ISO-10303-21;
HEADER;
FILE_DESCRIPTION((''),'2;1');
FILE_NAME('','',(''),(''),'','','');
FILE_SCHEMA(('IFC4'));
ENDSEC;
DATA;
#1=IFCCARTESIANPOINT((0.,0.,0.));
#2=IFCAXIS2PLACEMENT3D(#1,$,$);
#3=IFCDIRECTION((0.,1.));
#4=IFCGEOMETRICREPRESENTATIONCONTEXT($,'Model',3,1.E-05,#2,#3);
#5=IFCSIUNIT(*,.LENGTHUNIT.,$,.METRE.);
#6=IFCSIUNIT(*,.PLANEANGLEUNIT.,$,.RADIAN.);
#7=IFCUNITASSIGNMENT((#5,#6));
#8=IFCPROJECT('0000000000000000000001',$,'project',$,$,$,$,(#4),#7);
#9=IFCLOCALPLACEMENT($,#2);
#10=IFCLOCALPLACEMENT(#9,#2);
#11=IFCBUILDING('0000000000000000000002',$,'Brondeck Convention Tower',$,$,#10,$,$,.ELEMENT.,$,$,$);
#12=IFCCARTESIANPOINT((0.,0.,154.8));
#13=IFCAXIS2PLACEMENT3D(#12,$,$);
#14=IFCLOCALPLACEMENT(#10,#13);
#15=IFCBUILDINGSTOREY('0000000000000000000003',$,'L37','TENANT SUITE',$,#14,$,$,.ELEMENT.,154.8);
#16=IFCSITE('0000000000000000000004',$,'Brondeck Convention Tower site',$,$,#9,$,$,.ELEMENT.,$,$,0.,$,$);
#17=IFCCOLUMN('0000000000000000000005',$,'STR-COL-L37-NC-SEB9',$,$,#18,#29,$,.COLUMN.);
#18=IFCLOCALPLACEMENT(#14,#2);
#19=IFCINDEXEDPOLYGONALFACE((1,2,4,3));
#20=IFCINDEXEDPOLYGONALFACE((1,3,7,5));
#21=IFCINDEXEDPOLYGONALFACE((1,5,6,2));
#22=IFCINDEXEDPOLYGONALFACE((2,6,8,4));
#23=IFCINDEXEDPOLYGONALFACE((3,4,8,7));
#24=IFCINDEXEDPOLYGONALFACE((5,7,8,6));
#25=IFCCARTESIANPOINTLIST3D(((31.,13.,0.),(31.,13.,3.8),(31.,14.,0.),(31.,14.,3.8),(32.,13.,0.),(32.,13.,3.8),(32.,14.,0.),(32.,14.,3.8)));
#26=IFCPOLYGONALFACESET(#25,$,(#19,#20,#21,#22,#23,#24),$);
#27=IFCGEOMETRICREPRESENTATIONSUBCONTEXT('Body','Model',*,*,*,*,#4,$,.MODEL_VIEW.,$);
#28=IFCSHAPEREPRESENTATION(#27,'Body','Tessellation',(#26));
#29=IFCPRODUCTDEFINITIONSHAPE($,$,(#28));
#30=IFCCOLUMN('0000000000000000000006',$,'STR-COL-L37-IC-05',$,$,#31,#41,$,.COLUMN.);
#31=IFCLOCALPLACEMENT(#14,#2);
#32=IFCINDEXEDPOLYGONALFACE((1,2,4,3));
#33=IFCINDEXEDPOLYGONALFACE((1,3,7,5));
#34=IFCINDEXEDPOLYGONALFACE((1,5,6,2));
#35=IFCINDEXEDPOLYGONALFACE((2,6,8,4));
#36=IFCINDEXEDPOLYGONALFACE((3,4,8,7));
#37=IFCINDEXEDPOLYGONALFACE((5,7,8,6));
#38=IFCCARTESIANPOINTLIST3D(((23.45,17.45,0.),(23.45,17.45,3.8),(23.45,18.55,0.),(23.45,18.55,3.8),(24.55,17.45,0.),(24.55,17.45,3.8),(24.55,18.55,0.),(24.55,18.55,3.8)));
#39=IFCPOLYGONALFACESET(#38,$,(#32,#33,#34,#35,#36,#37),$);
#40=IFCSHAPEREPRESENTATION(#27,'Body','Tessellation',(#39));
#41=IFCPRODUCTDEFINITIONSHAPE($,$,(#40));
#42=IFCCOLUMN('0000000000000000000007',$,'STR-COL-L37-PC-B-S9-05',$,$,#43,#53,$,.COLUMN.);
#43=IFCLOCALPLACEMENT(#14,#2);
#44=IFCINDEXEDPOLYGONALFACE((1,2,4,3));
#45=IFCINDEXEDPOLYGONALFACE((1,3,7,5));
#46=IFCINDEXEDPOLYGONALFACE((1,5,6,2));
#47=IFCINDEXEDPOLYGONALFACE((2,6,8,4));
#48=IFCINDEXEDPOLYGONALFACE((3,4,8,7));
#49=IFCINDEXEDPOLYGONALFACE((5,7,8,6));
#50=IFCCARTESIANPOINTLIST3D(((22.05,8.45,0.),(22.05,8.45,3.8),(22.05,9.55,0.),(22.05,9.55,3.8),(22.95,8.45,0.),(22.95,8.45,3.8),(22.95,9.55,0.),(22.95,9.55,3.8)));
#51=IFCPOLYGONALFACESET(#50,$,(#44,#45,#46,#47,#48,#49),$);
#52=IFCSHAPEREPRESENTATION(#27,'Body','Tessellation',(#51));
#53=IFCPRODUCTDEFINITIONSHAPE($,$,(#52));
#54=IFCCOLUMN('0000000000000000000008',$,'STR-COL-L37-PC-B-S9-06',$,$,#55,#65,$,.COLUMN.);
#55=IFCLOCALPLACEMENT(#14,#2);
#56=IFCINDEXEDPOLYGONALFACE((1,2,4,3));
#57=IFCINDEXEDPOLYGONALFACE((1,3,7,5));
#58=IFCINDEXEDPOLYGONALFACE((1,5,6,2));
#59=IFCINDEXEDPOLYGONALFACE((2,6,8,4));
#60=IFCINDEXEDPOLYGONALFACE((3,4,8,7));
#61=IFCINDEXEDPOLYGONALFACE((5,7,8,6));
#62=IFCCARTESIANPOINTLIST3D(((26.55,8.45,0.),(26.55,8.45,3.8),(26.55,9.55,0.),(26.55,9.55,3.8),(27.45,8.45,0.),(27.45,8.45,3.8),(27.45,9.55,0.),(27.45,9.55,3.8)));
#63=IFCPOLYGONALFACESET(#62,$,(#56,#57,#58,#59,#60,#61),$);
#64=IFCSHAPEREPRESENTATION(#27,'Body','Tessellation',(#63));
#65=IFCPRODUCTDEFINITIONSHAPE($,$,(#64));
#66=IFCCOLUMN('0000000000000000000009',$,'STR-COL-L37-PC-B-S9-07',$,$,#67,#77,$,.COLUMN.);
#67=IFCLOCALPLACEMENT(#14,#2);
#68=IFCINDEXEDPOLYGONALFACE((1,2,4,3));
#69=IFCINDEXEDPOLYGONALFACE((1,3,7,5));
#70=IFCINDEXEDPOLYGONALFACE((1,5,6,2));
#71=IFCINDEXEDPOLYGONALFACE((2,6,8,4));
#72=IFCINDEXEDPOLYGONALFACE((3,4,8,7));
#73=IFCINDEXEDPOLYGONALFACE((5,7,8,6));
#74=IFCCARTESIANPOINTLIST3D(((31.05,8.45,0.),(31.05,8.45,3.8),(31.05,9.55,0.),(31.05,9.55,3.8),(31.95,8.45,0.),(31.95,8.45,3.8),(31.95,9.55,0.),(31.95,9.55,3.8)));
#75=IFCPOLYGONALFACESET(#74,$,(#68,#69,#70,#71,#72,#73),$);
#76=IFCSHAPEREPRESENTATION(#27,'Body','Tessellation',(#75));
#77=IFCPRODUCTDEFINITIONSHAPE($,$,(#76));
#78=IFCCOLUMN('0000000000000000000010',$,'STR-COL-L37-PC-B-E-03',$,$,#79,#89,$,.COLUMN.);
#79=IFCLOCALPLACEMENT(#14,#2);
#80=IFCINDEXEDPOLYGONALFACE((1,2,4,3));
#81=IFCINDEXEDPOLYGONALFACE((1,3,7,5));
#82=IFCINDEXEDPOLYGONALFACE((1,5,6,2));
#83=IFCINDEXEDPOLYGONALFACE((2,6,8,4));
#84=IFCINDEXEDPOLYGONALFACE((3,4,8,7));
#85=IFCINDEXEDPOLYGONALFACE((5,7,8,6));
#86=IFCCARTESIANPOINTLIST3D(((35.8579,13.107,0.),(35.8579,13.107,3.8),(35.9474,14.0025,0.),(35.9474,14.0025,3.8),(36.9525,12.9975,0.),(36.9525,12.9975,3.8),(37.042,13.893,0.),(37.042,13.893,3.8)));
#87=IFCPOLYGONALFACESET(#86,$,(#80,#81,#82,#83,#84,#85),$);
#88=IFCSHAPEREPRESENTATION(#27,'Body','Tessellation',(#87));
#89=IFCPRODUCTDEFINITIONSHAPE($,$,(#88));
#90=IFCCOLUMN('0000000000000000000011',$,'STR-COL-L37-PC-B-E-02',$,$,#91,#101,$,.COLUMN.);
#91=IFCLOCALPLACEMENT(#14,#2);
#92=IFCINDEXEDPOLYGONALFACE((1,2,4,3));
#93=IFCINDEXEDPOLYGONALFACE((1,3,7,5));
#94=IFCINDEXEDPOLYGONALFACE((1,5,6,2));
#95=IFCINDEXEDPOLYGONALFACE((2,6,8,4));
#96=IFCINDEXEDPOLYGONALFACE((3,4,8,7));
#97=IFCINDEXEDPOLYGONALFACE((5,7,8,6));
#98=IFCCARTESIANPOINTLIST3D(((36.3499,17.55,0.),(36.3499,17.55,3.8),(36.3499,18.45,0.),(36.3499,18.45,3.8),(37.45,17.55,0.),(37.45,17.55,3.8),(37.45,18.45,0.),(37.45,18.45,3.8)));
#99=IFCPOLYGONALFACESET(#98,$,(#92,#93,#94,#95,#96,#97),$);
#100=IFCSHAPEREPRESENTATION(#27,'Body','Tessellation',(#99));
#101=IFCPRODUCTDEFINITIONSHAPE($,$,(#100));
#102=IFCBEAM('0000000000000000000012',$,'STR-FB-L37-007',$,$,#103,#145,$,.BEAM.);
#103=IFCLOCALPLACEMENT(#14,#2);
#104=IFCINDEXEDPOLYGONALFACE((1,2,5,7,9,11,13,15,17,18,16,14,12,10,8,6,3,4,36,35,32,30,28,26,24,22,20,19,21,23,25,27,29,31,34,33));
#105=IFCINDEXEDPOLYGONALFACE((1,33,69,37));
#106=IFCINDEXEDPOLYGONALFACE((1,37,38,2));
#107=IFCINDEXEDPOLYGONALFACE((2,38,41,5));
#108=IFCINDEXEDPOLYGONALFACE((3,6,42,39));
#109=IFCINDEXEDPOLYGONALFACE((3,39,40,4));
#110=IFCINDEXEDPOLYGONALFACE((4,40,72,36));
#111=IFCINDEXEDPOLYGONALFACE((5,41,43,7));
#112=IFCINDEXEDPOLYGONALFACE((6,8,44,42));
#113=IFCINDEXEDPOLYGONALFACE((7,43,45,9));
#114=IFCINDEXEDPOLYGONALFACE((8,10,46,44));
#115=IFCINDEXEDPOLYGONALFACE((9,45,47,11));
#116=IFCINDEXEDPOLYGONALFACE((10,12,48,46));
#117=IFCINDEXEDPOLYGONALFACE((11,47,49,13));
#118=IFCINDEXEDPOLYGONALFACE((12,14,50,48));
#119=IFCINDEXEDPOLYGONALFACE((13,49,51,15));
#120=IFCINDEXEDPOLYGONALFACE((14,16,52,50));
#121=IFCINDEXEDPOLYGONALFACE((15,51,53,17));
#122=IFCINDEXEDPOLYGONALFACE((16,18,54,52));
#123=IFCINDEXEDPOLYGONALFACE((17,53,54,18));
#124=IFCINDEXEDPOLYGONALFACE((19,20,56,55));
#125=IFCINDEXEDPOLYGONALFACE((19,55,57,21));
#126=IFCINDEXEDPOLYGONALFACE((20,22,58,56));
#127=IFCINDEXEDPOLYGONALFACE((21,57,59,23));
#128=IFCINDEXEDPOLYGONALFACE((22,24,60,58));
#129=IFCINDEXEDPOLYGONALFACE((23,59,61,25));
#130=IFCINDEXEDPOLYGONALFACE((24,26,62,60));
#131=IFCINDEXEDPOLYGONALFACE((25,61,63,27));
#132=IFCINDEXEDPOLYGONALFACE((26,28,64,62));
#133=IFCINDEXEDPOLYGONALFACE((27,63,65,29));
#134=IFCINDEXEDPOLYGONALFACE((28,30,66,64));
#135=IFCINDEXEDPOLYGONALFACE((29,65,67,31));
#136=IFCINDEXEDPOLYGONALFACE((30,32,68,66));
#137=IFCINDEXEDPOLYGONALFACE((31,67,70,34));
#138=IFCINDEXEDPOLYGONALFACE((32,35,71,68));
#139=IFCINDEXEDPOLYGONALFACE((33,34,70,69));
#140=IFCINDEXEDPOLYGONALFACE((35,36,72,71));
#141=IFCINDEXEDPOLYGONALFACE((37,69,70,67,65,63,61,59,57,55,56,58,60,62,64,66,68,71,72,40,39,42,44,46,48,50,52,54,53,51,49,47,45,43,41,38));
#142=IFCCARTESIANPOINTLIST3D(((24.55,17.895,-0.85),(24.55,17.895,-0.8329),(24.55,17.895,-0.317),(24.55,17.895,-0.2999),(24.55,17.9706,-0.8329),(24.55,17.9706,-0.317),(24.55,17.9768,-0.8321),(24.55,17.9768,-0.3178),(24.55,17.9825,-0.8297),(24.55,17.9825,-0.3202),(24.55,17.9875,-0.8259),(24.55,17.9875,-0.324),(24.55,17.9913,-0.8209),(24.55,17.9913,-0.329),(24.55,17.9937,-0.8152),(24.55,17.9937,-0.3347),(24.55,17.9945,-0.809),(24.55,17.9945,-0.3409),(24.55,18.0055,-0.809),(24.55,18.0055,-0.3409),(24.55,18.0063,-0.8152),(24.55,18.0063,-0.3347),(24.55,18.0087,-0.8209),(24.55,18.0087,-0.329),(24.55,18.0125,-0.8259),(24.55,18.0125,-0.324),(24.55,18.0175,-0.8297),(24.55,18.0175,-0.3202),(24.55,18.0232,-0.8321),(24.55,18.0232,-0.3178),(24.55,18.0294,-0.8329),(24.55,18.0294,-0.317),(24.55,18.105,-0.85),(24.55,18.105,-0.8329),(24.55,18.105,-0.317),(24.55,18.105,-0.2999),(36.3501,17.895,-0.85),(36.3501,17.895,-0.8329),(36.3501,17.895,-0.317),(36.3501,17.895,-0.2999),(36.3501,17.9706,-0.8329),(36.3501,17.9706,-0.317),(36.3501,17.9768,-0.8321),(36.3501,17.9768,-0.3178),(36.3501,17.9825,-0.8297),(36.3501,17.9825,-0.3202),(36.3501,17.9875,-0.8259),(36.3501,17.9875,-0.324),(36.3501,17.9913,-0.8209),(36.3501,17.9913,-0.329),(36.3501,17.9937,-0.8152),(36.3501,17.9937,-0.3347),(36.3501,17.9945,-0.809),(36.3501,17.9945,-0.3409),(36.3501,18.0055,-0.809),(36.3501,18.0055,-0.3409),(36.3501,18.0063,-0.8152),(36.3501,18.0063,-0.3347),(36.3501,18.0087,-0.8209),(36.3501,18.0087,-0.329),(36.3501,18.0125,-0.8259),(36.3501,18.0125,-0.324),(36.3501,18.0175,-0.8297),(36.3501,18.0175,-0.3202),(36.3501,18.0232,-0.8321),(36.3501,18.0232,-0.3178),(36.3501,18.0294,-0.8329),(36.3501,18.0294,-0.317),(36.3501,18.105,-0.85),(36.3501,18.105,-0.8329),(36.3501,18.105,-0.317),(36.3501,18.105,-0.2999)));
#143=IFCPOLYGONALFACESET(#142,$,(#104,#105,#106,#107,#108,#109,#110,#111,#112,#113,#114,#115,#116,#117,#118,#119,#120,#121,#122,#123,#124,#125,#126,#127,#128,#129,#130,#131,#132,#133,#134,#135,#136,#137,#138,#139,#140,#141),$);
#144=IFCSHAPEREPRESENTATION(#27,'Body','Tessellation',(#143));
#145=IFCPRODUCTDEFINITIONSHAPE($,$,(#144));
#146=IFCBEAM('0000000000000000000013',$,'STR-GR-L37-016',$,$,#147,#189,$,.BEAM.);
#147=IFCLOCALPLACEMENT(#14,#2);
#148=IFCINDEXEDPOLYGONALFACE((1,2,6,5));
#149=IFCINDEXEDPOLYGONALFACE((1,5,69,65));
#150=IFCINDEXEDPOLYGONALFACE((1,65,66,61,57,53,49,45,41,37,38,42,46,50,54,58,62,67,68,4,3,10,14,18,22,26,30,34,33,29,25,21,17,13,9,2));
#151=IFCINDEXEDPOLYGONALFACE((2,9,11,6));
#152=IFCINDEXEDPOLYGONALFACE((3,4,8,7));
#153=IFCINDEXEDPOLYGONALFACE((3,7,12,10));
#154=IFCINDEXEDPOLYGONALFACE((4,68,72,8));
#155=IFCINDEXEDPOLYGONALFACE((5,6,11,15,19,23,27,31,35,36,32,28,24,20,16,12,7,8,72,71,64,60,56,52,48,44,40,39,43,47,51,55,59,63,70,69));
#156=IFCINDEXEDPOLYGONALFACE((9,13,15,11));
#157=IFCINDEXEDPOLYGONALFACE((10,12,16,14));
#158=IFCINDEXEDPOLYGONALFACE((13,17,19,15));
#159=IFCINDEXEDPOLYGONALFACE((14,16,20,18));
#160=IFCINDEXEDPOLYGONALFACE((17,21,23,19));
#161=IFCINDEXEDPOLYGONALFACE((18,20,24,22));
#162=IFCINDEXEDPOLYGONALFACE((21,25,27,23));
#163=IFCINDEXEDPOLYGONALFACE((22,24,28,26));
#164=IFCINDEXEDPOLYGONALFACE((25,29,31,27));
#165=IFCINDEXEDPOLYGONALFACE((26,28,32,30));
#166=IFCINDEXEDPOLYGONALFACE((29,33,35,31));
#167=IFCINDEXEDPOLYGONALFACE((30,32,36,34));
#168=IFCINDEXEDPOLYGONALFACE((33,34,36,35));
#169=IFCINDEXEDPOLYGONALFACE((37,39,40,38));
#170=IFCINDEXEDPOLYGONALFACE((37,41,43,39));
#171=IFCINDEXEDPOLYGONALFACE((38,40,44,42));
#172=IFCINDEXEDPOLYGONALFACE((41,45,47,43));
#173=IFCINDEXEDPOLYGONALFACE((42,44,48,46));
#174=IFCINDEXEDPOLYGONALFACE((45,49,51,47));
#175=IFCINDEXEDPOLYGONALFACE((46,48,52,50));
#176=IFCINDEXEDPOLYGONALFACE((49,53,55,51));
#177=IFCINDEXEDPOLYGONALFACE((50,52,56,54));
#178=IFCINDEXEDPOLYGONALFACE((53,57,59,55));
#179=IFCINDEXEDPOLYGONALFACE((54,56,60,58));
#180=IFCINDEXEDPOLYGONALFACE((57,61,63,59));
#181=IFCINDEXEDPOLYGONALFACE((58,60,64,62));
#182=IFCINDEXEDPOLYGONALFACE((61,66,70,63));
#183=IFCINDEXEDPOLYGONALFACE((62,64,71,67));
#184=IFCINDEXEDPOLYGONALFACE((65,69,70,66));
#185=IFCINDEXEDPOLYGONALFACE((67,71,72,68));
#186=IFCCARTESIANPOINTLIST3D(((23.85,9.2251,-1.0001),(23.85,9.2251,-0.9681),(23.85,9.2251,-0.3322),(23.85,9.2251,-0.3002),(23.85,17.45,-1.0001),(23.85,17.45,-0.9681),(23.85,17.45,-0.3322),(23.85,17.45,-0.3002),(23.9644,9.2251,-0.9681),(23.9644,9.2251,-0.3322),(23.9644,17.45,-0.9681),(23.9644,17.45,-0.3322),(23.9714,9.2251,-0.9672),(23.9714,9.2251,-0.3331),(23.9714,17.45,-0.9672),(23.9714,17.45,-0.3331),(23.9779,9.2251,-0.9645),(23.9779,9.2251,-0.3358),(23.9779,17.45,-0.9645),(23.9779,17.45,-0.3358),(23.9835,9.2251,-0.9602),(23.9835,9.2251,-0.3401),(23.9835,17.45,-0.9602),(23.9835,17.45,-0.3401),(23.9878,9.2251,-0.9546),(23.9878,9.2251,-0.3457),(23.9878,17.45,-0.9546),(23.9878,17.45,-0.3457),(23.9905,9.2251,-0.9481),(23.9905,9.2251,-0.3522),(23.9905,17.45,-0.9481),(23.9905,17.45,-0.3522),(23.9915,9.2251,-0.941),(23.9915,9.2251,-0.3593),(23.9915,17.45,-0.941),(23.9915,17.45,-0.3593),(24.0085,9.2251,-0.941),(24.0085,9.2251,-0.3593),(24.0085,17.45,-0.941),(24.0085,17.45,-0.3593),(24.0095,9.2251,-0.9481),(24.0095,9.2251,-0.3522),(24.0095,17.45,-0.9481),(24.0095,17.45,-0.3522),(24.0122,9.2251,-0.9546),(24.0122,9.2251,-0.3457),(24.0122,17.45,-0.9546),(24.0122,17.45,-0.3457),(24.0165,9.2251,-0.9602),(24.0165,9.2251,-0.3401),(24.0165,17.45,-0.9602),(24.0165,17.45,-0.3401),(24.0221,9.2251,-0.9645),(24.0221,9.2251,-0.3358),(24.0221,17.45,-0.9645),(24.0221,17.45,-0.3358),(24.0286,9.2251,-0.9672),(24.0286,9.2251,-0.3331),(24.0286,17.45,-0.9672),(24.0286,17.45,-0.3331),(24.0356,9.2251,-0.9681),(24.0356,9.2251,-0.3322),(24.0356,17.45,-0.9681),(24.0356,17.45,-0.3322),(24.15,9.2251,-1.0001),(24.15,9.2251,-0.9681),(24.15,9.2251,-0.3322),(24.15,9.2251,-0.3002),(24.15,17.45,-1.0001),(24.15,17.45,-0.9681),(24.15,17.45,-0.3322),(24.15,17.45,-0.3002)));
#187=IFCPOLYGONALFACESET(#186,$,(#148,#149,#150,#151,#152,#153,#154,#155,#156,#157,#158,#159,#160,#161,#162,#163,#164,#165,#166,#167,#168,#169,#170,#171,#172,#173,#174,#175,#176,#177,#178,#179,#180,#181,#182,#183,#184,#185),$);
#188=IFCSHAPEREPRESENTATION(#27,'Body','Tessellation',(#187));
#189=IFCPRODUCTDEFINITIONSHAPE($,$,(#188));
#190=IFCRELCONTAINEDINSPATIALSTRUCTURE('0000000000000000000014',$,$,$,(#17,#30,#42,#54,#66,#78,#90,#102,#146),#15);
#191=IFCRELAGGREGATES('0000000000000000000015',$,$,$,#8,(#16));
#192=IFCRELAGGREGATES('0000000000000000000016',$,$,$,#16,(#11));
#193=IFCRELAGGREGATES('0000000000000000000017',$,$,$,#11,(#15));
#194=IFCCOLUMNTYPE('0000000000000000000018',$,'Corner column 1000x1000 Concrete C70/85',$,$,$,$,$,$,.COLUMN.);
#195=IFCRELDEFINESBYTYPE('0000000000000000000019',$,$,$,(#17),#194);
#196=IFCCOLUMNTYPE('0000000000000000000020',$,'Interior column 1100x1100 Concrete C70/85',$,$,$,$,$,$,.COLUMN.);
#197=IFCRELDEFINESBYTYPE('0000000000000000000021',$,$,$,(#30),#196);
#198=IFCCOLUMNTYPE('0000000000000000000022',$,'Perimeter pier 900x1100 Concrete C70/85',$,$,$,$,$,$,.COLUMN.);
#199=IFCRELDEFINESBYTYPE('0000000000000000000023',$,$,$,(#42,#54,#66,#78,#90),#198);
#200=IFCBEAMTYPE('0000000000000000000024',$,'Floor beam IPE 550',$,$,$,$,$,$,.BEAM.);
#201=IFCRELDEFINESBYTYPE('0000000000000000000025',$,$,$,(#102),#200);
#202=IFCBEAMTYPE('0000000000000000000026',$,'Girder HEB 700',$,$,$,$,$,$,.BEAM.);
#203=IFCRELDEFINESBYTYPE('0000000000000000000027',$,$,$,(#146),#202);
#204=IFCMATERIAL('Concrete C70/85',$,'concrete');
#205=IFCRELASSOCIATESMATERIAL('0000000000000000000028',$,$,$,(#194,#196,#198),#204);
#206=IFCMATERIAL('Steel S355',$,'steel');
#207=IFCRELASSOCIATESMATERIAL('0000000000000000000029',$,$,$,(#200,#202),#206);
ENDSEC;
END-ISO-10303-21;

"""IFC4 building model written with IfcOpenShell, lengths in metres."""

from ifc_helpers import new_model, si_unit, direction, frame, origin, origin_2d, place, context, subcontext, project, spatial, rectangle, i_section, extrude, material, material_profile, profile_set, type_object, element, save


model = new_model("IFC4")

# Units and contexts
model_context = context("Model", 3, precision=1e-05, world=origin(), true_north=direction((0.0, 1.0)))
body_context = subcontext(model_context, "Body", "Model", "MODEL_VIEW")
ifc_project = project(units=[si_unit("LENGTHUNIT", "METRE"), si_unit("PLANEANGLEUNIT", "RADIAN")], contexts=[model_context])

# Site, building, storey
site_placement = place(None, origin())
site = spatial("IfcSite", under=ifc_project, at=site_placement, Name="Brondeck Convention Tower site", CompositionType="ELEMENT", RefElevation=0.0)
building_placement = place(site_placement, origin())
building = spatial("IfcBuilding", under=site, at=building_placement, Name="Brondeck Convention Tower", CompositionType="ELEMENT")
storey_placement = place(building_placement, frame((0.0, 0.0, 154.8)))
storey = spatial("IfcBuildingStorey", under=building, at=storey_placement, Name="L37", Description="TENANT SUITE", CompositionType="ELEMENT", Elevation=154.8)

# Columns
ifc_material_1 = material(Name="Concrete C70/85", Category="concrete")
ifc_material_profile_1 = material_profile(ifc_material_1, rectangle(XDim=1.0, YDim=1.0, at=origin_2d()), Name="Corner column 1000x1000 Concrete C70/85")
ifc_profile_set_1 = profile_set([ifc_material_profile_1], Name="Concrete C70/85")
column_type_1 = type_object("IfcColumnType", Name="Corner column 1000x1000 Concrete C70/85", PredefinedType="COLUMN", material=ifc_profile_set_1)
column_1_placement = place(storey_placement, frame((31.5, 13.5, 0.0), z_axis=(0.0, 0.0, 1.0), x_axis=(1.0, 0.0, 0.0)))
element("IfcColumn", 1, at=column_1_placement, inside=storey, type_object=column_type_1, Name="STR-COL-L37-NC-SEB9", PredefinedType="COLUMN", context=body_context, shape_type="SweptSolid", body=[
    extrude(rectangle(XDim=1.0, YDim=1.0, at=origin_2d()), origin(), (0.0, 0.0, 1.0), 3.8),
])
ifc_material_profile_2 = material_profile(ifc_material_1, rectangle(XDim=1.1001, YDim=1.1001, at=origin_2d()), Name="Interior column 1100x1100 Concrete C70/85")
ifc_profile_set_2 = profile_set([ifc_material_profile_2], Name="Concrete C70/85")
column_type_2 = type_object("IfcColumnType", Name="Interior column 1100x1100 Concrete C70/85", PredefinedType="COLUMN", material=ifc_profile_set_2)
column_2_placement = place(storey_placement, frame((24.0, 18.0, 0.0), z_axis=(0.0, 0.0, 1.0), x_axis=(1.0, 0.0, 0.0)))
element("IfcColumn", 2, at=column_2_placement, inside=storey, type_object=column_type_2, Name="STR-COL-L37-IC-05", PredefinedType="COLUMN", context=body_context, shape_type="SweptSolid", body=[
    extrude(rectangle(XDim=1.1001, YDim=1.1001, at=origin_2d()), origin(), (0.0, 0.0, 1.0), 3.8),
])
ifc_material_profile_3 = material_profile(ifc_material_1, rectangle(XDim=0.8999, YDim=1.1001, at=origin_2d()), Name="Perimeter pier 900x1100 Concrete C70/85")
ifc_profile_set_3 = profile_set([ifc_material_profile_3], Name="Concrete C70/85")
column_type_3 = type_object("IfcColumnType", Name="Perimeter pier 900x1100 Concrete C70/85", PredefinedType="COLUMN", material=ifc_profile_set_3)
for number, where, z_axis, x_axis, name in (
    (3, (22.5, 9.0, 0.0), (0.0, 0.0, 1.0), (1.0, 0.0, 0.0), "STR-COL-L37-PC-B-S9-05"),
    (4, (27.0, 9.0, 0.0), (0.0, 0.0, 1.0), (1.0, 0.0, 0.0), "STR-COL-L37-PC-B-S9-06"),
    (5, (31.5, 9.0, 0.0), (0.0, 0.0, 1.0), (1.0, 0.0, 0.0), "STR-COL-L37-PC-B-S9-07"),
    (6, (36.45, 13.5, 0.0), (0.0, 0.0, 1.0), (0.099504, 0.995037, 0.0), "STR-COL-L37-PC-B-E-03"),
    (7, (36.8999, 18.0, 0.0), (0.0, 0.0, 1.0), (0.0, 1.0, 0.0), "STR-COL-L37-PC-B-E-02"),
):
    element("IfcColumn", number, at=place(storey_placement, frame(where, z_axis=z_axis, x_axis=x_axis)), inside=storey, type_object=column_type_3, Name=name, PredefinedType="COLUMN", context=body_context, shape_type="SweptSolid", body=[
        extrude(rectangle(XDim=0.8999, YDim=1.1001, at=origin_2d()), origin(), (0.0, 0.0, 1.0), 3.8),
    ])

# Beams
ifc_material_2 = material(Name="Steel S355", Category="steel")
ifc_material_profile_4 = material_profile(ifc_material_2, i_section(OverallWidth=0.21, OverallDepth=0.55, WebThickness=0.011, FlangeThickness=0.0171, FilletRadius=0.0239, at=origin_2d()), Name="IPE 550")
ifc_profile_set_4 = profile_set([ifc_material_profile_4], Name="Steel S355")
beam_type_1 = type_object("IfcBeamType", Name="Floor beam IPE 550", PredefinedType="BEAM", material=ifc_profile_set_4)
beam_1_placement = place(storey_placement, frame((24.55, 18.0, -0.575), z_axis=(1.0, 0.0, 0.0), x_axis=(0.0, 1.0, 0.0)))
element("IfcBeam", 8, at=beam_1_placement, inside=storey, type_object=beam_type_1, Name="STR-FB-L37-007", PredefinedType="BEAM", context=body_context, shape_type="SweptSolid", body=[
    extrude(i_section(OverallWidth=0.21, OverallDepth=0.55, WebThickness=0.011, FlangeThickness=0.0171, FilletRadius=0.0239, at=origin_2d()), origin(), (0.0, 0.0, 1.0), 11.8),
])
ifc_material_profile_5 = material_profile(ifc_material_2, i_section(OverallWidth=0.3, OverallDepth=0.7, WebThickness=0.0171, FlangeThickness=0.032, FilletRadius=0.0271, at=origin_2d()), Name="HEB 700")
ifc_profile_set_5 = profile_set([ifc_material_profile_5], Name="Steel S355")
beam_type_2 = type_object("IfcBeamType", Name="Girder HEB 700", PredefinedType="BEAM", material=ifc_profile_set_5)
beam_2_placement = place(storey_placement, frame((24.0, 17.45, -0.6501), z_axis=(0.0, -1.0, 0.0), x_axis=(1.0, 0.0, 0.0)))
element("IfcBeam", 9, at=beam_2_placement, inside=storey, type_object=beam_type_2, Name="STR-GR-L37-016", PredefinedType="BEAM", context=body_context, shape_type="SweptSolid", body=[
    extrude(i_section(OverallWidth=0.3, OverallDepth=0.7, WebThickness=0.0171, FlangeThickness=0.032, FilletRadius=0.0271, at=origin_2d()), origin(), (0.0, 0.0, 1.0), 8.2249),
])

save(model, "model.ifc")
